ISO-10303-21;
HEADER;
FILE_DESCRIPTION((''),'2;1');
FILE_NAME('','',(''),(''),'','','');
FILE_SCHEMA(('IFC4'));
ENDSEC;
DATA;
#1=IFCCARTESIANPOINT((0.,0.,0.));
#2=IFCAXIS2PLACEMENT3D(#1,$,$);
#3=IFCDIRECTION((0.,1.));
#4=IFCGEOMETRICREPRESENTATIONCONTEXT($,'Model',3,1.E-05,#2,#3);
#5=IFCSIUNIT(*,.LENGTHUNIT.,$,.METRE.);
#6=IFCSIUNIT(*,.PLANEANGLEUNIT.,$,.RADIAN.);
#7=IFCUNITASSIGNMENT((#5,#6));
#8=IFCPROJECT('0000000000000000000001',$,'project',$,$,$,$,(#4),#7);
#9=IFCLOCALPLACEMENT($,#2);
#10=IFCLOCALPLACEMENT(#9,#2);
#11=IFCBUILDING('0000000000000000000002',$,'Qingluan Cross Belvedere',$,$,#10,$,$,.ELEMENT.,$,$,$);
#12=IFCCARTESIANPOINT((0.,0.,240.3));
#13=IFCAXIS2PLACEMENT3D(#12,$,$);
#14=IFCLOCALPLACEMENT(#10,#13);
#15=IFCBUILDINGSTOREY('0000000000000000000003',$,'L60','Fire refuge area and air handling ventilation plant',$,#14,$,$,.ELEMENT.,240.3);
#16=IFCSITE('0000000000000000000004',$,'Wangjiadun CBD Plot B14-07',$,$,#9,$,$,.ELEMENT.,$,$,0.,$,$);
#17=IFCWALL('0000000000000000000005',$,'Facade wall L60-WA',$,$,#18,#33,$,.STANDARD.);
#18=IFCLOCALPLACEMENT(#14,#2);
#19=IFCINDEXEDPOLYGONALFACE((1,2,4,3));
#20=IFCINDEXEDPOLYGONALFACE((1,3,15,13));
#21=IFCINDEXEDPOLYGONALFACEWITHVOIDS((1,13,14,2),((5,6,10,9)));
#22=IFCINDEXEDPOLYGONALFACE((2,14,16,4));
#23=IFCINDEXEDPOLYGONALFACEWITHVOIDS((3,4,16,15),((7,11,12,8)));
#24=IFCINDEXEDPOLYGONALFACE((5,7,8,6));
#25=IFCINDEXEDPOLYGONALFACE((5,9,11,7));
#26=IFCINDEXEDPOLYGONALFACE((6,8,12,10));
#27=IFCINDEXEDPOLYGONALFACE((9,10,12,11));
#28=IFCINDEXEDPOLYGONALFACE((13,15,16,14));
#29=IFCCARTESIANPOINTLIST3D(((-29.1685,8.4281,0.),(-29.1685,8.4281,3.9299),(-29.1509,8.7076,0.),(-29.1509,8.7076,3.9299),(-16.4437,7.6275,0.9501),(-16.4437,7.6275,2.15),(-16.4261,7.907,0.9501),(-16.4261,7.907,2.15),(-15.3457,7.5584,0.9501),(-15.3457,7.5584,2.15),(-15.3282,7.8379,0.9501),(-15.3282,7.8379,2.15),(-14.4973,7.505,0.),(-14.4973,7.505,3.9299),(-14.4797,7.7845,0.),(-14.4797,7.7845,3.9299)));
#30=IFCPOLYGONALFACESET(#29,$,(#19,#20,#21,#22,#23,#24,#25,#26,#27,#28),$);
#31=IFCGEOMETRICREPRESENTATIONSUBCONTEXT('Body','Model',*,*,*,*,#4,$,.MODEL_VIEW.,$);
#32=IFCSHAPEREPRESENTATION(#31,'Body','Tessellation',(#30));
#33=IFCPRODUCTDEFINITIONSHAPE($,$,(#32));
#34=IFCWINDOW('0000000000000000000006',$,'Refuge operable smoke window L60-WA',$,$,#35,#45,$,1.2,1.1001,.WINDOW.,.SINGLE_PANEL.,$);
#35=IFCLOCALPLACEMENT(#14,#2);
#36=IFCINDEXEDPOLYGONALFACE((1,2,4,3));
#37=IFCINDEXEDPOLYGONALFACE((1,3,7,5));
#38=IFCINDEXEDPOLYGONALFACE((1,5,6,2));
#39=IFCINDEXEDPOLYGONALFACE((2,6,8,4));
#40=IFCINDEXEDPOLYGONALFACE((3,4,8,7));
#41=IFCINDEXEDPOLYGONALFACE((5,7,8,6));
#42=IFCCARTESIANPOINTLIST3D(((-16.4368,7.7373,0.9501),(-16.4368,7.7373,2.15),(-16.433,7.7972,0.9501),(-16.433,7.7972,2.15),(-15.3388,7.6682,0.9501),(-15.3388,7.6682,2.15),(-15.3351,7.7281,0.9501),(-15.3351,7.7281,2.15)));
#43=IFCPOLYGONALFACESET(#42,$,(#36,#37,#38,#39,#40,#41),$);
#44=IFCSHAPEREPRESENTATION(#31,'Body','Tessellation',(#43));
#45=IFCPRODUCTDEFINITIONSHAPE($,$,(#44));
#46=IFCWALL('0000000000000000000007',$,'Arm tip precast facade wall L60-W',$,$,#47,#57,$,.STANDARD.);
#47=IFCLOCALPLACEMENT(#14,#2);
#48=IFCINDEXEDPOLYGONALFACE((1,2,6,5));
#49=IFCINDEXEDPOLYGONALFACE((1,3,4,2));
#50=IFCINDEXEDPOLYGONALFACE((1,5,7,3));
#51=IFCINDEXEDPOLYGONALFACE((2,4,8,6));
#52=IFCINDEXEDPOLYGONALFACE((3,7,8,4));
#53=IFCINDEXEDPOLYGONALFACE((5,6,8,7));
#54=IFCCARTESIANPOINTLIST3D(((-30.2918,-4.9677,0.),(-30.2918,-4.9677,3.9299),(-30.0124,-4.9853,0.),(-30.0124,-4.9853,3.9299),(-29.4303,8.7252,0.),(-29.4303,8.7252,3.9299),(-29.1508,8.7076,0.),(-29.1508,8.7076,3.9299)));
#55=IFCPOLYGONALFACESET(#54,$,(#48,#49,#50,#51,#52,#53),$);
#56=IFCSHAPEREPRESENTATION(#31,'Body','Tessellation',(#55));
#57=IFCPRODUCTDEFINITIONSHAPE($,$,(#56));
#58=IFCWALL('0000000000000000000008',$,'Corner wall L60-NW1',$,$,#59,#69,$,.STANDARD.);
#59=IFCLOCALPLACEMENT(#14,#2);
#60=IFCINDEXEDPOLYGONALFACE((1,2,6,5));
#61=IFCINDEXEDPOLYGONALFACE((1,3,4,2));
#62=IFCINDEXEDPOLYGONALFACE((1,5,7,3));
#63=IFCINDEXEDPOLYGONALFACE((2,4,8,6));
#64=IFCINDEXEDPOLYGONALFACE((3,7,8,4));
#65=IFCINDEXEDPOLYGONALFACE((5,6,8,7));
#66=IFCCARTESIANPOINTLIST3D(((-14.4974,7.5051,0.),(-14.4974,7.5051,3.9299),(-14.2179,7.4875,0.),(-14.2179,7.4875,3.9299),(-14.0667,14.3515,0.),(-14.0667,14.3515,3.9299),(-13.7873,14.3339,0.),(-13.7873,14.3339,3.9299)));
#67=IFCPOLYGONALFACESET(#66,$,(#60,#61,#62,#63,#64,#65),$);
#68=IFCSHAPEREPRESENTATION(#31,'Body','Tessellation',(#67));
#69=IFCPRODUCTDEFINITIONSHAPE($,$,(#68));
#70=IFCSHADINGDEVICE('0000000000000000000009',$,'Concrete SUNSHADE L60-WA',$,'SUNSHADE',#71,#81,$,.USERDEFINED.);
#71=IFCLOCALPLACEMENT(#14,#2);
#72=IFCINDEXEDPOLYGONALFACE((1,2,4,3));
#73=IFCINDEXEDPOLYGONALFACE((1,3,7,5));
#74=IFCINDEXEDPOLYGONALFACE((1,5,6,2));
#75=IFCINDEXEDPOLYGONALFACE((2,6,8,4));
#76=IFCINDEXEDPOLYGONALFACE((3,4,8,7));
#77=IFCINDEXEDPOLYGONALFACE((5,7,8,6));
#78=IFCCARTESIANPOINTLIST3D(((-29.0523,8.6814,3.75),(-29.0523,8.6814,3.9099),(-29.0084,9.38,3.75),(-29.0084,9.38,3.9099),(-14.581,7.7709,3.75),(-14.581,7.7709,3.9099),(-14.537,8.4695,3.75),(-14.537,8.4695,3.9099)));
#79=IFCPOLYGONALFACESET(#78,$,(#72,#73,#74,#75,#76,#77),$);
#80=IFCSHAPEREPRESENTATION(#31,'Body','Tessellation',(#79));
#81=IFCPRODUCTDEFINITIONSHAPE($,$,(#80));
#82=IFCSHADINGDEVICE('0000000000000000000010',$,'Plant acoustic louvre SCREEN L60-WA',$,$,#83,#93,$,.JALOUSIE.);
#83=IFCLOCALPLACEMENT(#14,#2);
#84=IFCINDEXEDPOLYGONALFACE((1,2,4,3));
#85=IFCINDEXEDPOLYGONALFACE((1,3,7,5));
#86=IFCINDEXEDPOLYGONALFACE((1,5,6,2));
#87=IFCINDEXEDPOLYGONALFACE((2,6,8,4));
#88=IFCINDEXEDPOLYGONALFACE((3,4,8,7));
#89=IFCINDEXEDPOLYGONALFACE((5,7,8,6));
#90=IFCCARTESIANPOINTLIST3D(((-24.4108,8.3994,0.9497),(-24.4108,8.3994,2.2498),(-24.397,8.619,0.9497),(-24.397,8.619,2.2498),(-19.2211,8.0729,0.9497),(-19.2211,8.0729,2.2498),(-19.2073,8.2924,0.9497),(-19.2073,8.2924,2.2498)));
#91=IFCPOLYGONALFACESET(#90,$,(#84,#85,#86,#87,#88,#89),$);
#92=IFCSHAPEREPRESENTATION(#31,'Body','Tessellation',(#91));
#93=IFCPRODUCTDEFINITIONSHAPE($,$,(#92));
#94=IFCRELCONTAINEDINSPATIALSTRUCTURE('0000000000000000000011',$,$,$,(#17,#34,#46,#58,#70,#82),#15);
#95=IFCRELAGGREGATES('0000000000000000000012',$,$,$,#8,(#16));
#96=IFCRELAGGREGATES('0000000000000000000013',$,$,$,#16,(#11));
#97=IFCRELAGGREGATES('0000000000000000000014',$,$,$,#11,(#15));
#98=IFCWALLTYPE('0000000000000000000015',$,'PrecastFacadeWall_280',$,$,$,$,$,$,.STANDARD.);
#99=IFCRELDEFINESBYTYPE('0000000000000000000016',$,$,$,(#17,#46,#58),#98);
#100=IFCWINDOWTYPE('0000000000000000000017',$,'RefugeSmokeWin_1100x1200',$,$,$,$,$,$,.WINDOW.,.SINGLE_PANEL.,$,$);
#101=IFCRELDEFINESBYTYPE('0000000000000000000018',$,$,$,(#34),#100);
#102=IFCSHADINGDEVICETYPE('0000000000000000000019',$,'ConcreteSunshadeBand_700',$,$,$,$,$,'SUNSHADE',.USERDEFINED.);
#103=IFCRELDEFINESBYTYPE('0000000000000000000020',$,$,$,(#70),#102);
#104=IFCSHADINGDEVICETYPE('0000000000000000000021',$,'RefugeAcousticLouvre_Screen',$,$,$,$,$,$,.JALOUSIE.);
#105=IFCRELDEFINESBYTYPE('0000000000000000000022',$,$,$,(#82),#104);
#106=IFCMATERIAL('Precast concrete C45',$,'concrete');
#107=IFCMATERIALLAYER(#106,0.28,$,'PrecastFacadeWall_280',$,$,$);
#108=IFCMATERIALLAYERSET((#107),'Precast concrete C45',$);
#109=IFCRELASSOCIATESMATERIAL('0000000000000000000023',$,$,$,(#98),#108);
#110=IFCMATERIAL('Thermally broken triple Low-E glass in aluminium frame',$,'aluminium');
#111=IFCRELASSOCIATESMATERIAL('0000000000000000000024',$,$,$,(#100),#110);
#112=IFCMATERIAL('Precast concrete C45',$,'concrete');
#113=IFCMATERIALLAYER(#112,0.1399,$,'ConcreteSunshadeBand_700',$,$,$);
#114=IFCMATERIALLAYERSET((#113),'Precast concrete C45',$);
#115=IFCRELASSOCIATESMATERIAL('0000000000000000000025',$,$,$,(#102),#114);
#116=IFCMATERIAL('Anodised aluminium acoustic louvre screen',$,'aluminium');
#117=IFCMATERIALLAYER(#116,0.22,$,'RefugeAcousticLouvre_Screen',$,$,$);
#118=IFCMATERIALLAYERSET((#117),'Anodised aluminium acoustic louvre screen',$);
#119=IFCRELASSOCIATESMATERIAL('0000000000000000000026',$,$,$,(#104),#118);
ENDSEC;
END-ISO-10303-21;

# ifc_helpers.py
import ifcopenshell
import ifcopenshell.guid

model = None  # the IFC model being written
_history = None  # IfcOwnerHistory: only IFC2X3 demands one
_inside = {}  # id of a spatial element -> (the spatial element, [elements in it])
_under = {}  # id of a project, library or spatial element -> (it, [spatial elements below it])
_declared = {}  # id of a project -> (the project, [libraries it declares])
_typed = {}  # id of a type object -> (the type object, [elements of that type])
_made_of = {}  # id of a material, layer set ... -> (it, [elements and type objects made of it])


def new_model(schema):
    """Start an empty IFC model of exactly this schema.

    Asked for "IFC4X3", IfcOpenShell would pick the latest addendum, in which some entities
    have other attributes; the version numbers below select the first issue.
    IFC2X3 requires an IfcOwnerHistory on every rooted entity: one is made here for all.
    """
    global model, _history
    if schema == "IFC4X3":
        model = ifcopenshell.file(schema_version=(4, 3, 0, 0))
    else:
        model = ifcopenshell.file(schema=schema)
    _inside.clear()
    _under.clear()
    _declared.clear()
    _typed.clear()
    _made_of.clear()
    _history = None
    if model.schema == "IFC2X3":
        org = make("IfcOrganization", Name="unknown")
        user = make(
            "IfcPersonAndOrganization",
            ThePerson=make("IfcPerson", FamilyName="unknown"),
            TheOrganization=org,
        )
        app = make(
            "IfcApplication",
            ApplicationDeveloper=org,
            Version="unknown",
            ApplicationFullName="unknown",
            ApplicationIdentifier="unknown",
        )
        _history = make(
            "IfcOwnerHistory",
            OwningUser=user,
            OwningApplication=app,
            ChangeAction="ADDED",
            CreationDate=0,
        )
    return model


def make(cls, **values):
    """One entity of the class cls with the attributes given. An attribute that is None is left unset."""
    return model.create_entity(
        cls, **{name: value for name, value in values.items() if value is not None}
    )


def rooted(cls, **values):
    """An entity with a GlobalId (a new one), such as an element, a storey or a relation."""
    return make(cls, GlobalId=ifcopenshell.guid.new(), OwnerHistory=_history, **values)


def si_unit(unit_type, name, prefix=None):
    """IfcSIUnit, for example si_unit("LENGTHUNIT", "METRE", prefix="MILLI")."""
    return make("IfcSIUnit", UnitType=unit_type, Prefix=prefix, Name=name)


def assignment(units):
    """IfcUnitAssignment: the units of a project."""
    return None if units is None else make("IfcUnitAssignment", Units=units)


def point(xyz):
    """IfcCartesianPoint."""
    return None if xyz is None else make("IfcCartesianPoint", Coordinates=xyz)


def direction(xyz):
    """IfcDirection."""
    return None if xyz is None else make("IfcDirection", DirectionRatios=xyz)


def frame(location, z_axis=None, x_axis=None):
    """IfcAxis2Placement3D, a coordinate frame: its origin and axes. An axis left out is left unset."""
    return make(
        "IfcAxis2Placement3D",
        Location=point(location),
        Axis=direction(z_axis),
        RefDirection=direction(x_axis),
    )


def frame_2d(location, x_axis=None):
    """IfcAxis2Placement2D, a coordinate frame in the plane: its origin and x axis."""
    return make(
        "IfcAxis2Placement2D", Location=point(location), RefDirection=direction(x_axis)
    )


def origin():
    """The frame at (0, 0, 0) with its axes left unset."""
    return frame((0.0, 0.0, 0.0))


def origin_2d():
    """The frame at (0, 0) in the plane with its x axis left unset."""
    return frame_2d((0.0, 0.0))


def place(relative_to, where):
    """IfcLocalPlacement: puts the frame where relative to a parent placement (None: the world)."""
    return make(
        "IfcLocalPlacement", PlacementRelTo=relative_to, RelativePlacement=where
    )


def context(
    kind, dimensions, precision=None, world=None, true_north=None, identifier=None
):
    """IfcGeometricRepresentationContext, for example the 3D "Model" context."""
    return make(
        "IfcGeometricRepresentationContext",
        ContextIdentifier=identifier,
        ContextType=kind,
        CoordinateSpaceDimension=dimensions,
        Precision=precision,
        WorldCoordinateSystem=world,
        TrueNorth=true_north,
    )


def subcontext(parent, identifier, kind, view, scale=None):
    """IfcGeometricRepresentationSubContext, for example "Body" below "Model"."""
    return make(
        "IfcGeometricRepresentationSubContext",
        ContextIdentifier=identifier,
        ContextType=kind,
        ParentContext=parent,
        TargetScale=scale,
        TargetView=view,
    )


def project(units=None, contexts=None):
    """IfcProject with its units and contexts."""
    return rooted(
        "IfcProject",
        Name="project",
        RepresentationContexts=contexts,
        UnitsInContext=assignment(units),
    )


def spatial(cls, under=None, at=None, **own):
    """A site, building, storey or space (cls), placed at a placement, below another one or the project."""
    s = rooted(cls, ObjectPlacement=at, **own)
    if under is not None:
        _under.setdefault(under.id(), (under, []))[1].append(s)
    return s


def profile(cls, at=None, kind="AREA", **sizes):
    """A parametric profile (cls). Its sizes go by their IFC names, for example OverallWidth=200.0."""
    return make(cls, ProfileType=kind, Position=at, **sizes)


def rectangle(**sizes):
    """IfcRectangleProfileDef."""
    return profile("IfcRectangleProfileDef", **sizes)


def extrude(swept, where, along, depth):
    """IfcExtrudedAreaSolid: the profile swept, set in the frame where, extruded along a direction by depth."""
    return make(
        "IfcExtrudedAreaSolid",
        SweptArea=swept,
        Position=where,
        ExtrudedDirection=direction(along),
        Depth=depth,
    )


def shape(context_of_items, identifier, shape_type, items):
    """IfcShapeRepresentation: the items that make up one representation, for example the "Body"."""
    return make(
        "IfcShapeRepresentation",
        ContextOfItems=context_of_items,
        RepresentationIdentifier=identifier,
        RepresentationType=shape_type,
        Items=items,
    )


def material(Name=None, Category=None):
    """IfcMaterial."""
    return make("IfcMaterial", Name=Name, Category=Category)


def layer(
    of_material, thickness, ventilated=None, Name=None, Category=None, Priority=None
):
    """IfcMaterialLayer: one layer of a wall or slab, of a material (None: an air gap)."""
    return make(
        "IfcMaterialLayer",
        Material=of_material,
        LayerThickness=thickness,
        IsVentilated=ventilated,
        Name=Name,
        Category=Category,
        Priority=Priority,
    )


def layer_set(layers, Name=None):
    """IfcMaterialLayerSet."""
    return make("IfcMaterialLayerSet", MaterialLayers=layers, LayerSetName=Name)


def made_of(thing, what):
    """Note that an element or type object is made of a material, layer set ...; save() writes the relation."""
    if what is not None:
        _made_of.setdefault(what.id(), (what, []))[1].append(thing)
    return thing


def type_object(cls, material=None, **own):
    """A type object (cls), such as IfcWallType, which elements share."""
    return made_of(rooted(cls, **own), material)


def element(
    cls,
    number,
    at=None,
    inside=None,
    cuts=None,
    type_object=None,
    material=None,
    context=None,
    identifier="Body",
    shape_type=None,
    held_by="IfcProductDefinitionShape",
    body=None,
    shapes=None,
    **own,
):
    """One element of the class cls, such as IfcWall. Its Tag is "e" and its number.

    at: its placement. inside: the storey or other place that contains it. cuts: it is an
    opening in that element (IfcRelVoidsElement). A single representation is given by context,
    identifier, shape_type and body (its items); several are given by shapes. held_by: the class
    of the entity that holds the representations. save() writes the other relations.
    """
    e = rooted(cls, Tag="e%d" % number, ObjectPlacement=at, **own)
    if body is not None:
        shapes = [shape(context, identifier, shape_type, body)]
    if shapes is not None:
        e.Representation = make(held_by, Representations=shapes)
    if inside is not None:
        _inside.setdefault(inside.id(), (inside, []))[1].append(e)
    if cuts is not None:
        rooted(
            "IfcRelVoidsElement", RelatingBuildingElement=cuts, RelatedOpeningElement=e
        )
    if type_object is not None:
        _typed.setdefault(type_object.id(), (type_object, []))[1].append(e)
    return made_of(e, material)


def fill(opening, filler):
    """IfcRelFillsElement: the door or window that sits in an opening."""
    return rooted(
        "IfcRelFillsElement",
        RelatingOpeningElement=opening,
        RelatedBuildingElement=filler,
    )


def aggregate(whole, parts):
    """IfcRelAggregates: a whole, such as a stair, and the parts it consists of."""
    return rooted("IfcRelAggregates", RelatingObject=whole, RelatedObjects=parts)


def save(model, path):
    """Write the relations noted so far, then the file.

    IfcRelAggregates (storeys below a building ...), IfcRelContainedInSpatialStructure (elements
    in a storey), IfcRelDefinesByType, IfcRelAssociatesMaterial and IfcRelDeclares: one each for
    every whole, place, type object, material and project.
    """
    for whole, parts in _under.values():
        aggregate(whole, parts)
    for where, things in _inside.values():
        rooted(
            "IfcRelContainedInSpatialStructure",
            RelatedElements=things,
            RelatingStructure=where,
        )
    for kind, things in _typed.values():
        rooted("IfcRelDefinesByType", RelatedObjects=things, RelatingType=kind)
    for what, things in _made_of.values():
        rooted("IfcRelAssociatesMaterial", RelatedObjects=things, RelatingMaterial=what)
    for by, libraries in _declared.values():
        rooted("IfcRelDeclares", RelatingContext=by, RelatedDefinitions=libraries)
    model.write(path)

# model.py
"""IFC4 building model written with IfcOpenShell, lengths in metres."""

from ifc_helpers import new_model, si_unit, direction, frame, frame_2d, origin, origin_2d, place, context, subcontext, project, spatial, rectangle, extrude, material, layer, layer_set, type_object, element, fill, save


model = new_model("IFC4")

# Units and contexts
model_context = context("Model", 3, precision=1e-05, world=origin(), true_north=direction((0.0, 1.0)))
body_context = subcontext(model_context, "Body", "Model", "MODEL_VIEW")
ifc_project = project(units=[si_unit("LENGTHUNIT", "METRE"), si_unit("PLANEANGLEUNIT", "RADIAN")], contexts=[model_context])

# Site, building, storey
site_placement = place(None, origin())
site = spatial("IfcSite", under=ifc_project, at=site_placement, Name="Wangjiadun CBD Plot B14-07", CompositionType="ELEMENT", RefElevation=0.0)
building_placement = place(site_placement, origin())
building = spatial("IfcBuilding", under=site, at=building_placement, Name="Qingluan Cross Belvedere", CompositionType="ELEMENT")
storey_placement = place(building_placement, frame((0.0, 0.0, 240.3)))
storey = spatial("IfcBuildingStorey", under=building, at=storey_placement, Name="L60", Description="Fire refuge area and air handling ventilation plant", CompositionType="ELEMENT", Elevation=240.3)

# Wall, opening, window
ifc_material_1 = material(Name="Precast concrete C45", Category="concrete")
ifc_layer_1 = layer(ifc_material_1, 0.28, Name="PrecastFacadeWall_280")
ifc_layer_set_1 = layer_set([ifc_layer_1], Name="Precast concrete C45")
wall_type_1 = type_object("IfcWallType", Name="PrecastFacadeWall_280", PredefinedType="STANDARD", material=ifc_layer_set_1)
wall_1_placement = place(storey_placement, frame((-14.4885, 7.6448, 0.0), z_axis=(0.0, 0.0, 1.0), x_axis=(-0.998026, 0.062795, 0.0)))
wall_1 = element("IfcWall", 1, at=wall_1_placement, inside=storey, type_object=wall_type_1, Name="Facade wall L60-WA", PredefinedType="STANDARD", context=body_context, shape_type="SweptSolid", body=[
    extrude(rectangle(XDim=14.7002, YDim=0.28, at=frame_2d((7.3501, 0.0))), origin(), (0.0, 0.0, 1.0), 3.9299),
])
opening_placement = place(wall_1_placement, frame((0.8501, 0.0, 0.95)))
opening = element("IfcOpeningElement", 2, at=opening_placement, cuts=wall_1, PredefinedType="OPENING", context=body_context, shape_type="SweptSolid", body=[
    extrude(rectangle(XDim=1.1001, YDim=1.2, at=frame_2d((0.55, 0.6001))), frame((0.0, 0.1499, 0.0), z_axis=(0.0, -1.0, 0.0), x_axis=(1.0, 0.0, 0.0)), (0.0, 0.0, 1.0), 0.3),
])
ifc_material_2 = material(Name="Thermally broken triple Low-E glass in aluminium frame", Category="aluminium")
window_type = type_object("IfcWindowType", Name="RefugeSmokeWin_1100x1200", PartitioningType="SINGLE_PANEL", PredefinedType="WINDOW", material=ifc_material_2)
window_placement = place(opening_placement, origin())
window = element("IfcWindow", 3, at=window_placement, inside=storey, type_object=window_type, Name="Refuge operable smoke window L60-WA", OverallHeight=1.2, OverallWidth=1.1001, PartitioningType="SINGLE_PANEL", PredefinedType="WINDOW", context=body_context, shape_type="SweptSolid", body=[
    extrude(rectangle(XDim=1.1001, YDim=1.2, at=frame_2d((0.55, 0.6001))), frame((0.0, 0.03, 0.0), z_axis=(0.0, -1.0, 0.0), x_axis=(1.0, 0.0, 0.0)), (0.0, 0.0, 1.0), 0.0601),
])
fill(opening, window)

# Walls
wall_2_placement = place(storey_placement, frame((-29.2905, 8.7163, 0.0), z_axis=(0.0, 0.0, 1.0), x_axis=(-0.062797, -0.998026, 0.0)))
element("IfcWall", 4, at=wall_2_placement, inside=storey, type_object=wall_type_1, Name="Arm tip precast facade wall L60-W", PredefinedType="STANDARD", context=body_context, shape_type="SweptSolid", body=[
    extrude(rectangle(XDim=13.72, YDim=0.28, at=frame_2d((6.8599, 0.0))), origin(), (0.0, 0.0, 1.0), 3.9299),
])
wall_3_placement = place(storey_placement, frame((-14.3577, 7.4963, 0.0), z_axis=(0.0, 0.0, 1.0), x_axis=(0.062779, 0.998027, 0.0)))
element("IfcWall", 5, at=wall_3_placement, inside=storey, type_object=wall_type_1, Name="Corner wall L60-NW1", PredefinedType="STANDARD", context=body_context, shape_type="SweptSolid", body=[
    extrude(rectangle(XDim=6.8599, YDim=0.28, at=frame_2d((3.4299, 0.0))), origin(), (0.0, 0.0, 1.0), 3.9299),
])

# Shading devices
ifc_material_3 = material(Name="Precast concrete C45", Category="concrete")
ifc_layer_2 = layer(ifc_material_3, 0.1399, Name="ConcreteSunshadeBand_700")
ifc_layer_set_2 = layer_set([ifc_layer_2], Name="Precast concrete C45")
shading_device_type_1 = type_object("IfcShadingDeviceType", Name="ConcreteSunshadeBand_700", ElementType="SUNSHADE", PredefinedType="USERDEFINED", material=ifc_layer_set_2)
shading_device_1_placement = place(storey_placement, frame((-21.7947, 8.5754, 3.75), z_axis=(0.0, 0.0, 1.0), x_axis=(-0.998026, 0.062796, 0.0)))
element("IfcShadingDevice", 6, at=shading_device_1_placement, inside=storey, type_object=shading_device_type_1, Name="Concrete SUNSHADE L60-WA", ObjectType="SUNSHADE", PredefinedType="USERDEFINED", context=body_context, shape_type="SweptSolid", body=[
    extrude(rectangle(XDim=14.5, YDim=0.7, at=origin_2d()), origin(), (0.0, 0.0, 1.0), 0.1599),
])
ifc_material_4 = material(Name="Anodised aluminium acoustic louvre screen", Category="aluminium")
ifc_layer_3 = layer(ifc_material_4, 0.22, Name="RefugeAcousticLouvre_Screen")
ifc_layer_set_3 = layer_set([ifc_layer_3], Name="Anodised aluminium acoustic louvre screen")
shading_device_type_2 = type_object("IfcShadingDeviceType", Name="RefugeAcousticLouvre_Screen", PredefinedType="JALOUSIE", material=ifc_layer_set_3)
shading_device_2_placement = place(storey_placement, frame((-21.8091, 8.3459, 0.9497), z_axis=(0.0, 0.0, 1.0), x_axis=(-0.998026, 0.062796, 0.0)))
element("IfcShadingDevice", 7, at=shading_device_2_placement, inside=storey, type_object=shading_device_type_2, Name="Plant acoustic louvre SCREEN L60-WA", PredefinedType="JALOUSIE", context=body_context, shape_type="SweptSolid", body=[
    extrude(rectangle(XDim=5.2, YDim=0.22, at=origin_2d()), origin(), (0.0, 0.0, 1.0), 1.3),
])

save(model, "model.ifc")
